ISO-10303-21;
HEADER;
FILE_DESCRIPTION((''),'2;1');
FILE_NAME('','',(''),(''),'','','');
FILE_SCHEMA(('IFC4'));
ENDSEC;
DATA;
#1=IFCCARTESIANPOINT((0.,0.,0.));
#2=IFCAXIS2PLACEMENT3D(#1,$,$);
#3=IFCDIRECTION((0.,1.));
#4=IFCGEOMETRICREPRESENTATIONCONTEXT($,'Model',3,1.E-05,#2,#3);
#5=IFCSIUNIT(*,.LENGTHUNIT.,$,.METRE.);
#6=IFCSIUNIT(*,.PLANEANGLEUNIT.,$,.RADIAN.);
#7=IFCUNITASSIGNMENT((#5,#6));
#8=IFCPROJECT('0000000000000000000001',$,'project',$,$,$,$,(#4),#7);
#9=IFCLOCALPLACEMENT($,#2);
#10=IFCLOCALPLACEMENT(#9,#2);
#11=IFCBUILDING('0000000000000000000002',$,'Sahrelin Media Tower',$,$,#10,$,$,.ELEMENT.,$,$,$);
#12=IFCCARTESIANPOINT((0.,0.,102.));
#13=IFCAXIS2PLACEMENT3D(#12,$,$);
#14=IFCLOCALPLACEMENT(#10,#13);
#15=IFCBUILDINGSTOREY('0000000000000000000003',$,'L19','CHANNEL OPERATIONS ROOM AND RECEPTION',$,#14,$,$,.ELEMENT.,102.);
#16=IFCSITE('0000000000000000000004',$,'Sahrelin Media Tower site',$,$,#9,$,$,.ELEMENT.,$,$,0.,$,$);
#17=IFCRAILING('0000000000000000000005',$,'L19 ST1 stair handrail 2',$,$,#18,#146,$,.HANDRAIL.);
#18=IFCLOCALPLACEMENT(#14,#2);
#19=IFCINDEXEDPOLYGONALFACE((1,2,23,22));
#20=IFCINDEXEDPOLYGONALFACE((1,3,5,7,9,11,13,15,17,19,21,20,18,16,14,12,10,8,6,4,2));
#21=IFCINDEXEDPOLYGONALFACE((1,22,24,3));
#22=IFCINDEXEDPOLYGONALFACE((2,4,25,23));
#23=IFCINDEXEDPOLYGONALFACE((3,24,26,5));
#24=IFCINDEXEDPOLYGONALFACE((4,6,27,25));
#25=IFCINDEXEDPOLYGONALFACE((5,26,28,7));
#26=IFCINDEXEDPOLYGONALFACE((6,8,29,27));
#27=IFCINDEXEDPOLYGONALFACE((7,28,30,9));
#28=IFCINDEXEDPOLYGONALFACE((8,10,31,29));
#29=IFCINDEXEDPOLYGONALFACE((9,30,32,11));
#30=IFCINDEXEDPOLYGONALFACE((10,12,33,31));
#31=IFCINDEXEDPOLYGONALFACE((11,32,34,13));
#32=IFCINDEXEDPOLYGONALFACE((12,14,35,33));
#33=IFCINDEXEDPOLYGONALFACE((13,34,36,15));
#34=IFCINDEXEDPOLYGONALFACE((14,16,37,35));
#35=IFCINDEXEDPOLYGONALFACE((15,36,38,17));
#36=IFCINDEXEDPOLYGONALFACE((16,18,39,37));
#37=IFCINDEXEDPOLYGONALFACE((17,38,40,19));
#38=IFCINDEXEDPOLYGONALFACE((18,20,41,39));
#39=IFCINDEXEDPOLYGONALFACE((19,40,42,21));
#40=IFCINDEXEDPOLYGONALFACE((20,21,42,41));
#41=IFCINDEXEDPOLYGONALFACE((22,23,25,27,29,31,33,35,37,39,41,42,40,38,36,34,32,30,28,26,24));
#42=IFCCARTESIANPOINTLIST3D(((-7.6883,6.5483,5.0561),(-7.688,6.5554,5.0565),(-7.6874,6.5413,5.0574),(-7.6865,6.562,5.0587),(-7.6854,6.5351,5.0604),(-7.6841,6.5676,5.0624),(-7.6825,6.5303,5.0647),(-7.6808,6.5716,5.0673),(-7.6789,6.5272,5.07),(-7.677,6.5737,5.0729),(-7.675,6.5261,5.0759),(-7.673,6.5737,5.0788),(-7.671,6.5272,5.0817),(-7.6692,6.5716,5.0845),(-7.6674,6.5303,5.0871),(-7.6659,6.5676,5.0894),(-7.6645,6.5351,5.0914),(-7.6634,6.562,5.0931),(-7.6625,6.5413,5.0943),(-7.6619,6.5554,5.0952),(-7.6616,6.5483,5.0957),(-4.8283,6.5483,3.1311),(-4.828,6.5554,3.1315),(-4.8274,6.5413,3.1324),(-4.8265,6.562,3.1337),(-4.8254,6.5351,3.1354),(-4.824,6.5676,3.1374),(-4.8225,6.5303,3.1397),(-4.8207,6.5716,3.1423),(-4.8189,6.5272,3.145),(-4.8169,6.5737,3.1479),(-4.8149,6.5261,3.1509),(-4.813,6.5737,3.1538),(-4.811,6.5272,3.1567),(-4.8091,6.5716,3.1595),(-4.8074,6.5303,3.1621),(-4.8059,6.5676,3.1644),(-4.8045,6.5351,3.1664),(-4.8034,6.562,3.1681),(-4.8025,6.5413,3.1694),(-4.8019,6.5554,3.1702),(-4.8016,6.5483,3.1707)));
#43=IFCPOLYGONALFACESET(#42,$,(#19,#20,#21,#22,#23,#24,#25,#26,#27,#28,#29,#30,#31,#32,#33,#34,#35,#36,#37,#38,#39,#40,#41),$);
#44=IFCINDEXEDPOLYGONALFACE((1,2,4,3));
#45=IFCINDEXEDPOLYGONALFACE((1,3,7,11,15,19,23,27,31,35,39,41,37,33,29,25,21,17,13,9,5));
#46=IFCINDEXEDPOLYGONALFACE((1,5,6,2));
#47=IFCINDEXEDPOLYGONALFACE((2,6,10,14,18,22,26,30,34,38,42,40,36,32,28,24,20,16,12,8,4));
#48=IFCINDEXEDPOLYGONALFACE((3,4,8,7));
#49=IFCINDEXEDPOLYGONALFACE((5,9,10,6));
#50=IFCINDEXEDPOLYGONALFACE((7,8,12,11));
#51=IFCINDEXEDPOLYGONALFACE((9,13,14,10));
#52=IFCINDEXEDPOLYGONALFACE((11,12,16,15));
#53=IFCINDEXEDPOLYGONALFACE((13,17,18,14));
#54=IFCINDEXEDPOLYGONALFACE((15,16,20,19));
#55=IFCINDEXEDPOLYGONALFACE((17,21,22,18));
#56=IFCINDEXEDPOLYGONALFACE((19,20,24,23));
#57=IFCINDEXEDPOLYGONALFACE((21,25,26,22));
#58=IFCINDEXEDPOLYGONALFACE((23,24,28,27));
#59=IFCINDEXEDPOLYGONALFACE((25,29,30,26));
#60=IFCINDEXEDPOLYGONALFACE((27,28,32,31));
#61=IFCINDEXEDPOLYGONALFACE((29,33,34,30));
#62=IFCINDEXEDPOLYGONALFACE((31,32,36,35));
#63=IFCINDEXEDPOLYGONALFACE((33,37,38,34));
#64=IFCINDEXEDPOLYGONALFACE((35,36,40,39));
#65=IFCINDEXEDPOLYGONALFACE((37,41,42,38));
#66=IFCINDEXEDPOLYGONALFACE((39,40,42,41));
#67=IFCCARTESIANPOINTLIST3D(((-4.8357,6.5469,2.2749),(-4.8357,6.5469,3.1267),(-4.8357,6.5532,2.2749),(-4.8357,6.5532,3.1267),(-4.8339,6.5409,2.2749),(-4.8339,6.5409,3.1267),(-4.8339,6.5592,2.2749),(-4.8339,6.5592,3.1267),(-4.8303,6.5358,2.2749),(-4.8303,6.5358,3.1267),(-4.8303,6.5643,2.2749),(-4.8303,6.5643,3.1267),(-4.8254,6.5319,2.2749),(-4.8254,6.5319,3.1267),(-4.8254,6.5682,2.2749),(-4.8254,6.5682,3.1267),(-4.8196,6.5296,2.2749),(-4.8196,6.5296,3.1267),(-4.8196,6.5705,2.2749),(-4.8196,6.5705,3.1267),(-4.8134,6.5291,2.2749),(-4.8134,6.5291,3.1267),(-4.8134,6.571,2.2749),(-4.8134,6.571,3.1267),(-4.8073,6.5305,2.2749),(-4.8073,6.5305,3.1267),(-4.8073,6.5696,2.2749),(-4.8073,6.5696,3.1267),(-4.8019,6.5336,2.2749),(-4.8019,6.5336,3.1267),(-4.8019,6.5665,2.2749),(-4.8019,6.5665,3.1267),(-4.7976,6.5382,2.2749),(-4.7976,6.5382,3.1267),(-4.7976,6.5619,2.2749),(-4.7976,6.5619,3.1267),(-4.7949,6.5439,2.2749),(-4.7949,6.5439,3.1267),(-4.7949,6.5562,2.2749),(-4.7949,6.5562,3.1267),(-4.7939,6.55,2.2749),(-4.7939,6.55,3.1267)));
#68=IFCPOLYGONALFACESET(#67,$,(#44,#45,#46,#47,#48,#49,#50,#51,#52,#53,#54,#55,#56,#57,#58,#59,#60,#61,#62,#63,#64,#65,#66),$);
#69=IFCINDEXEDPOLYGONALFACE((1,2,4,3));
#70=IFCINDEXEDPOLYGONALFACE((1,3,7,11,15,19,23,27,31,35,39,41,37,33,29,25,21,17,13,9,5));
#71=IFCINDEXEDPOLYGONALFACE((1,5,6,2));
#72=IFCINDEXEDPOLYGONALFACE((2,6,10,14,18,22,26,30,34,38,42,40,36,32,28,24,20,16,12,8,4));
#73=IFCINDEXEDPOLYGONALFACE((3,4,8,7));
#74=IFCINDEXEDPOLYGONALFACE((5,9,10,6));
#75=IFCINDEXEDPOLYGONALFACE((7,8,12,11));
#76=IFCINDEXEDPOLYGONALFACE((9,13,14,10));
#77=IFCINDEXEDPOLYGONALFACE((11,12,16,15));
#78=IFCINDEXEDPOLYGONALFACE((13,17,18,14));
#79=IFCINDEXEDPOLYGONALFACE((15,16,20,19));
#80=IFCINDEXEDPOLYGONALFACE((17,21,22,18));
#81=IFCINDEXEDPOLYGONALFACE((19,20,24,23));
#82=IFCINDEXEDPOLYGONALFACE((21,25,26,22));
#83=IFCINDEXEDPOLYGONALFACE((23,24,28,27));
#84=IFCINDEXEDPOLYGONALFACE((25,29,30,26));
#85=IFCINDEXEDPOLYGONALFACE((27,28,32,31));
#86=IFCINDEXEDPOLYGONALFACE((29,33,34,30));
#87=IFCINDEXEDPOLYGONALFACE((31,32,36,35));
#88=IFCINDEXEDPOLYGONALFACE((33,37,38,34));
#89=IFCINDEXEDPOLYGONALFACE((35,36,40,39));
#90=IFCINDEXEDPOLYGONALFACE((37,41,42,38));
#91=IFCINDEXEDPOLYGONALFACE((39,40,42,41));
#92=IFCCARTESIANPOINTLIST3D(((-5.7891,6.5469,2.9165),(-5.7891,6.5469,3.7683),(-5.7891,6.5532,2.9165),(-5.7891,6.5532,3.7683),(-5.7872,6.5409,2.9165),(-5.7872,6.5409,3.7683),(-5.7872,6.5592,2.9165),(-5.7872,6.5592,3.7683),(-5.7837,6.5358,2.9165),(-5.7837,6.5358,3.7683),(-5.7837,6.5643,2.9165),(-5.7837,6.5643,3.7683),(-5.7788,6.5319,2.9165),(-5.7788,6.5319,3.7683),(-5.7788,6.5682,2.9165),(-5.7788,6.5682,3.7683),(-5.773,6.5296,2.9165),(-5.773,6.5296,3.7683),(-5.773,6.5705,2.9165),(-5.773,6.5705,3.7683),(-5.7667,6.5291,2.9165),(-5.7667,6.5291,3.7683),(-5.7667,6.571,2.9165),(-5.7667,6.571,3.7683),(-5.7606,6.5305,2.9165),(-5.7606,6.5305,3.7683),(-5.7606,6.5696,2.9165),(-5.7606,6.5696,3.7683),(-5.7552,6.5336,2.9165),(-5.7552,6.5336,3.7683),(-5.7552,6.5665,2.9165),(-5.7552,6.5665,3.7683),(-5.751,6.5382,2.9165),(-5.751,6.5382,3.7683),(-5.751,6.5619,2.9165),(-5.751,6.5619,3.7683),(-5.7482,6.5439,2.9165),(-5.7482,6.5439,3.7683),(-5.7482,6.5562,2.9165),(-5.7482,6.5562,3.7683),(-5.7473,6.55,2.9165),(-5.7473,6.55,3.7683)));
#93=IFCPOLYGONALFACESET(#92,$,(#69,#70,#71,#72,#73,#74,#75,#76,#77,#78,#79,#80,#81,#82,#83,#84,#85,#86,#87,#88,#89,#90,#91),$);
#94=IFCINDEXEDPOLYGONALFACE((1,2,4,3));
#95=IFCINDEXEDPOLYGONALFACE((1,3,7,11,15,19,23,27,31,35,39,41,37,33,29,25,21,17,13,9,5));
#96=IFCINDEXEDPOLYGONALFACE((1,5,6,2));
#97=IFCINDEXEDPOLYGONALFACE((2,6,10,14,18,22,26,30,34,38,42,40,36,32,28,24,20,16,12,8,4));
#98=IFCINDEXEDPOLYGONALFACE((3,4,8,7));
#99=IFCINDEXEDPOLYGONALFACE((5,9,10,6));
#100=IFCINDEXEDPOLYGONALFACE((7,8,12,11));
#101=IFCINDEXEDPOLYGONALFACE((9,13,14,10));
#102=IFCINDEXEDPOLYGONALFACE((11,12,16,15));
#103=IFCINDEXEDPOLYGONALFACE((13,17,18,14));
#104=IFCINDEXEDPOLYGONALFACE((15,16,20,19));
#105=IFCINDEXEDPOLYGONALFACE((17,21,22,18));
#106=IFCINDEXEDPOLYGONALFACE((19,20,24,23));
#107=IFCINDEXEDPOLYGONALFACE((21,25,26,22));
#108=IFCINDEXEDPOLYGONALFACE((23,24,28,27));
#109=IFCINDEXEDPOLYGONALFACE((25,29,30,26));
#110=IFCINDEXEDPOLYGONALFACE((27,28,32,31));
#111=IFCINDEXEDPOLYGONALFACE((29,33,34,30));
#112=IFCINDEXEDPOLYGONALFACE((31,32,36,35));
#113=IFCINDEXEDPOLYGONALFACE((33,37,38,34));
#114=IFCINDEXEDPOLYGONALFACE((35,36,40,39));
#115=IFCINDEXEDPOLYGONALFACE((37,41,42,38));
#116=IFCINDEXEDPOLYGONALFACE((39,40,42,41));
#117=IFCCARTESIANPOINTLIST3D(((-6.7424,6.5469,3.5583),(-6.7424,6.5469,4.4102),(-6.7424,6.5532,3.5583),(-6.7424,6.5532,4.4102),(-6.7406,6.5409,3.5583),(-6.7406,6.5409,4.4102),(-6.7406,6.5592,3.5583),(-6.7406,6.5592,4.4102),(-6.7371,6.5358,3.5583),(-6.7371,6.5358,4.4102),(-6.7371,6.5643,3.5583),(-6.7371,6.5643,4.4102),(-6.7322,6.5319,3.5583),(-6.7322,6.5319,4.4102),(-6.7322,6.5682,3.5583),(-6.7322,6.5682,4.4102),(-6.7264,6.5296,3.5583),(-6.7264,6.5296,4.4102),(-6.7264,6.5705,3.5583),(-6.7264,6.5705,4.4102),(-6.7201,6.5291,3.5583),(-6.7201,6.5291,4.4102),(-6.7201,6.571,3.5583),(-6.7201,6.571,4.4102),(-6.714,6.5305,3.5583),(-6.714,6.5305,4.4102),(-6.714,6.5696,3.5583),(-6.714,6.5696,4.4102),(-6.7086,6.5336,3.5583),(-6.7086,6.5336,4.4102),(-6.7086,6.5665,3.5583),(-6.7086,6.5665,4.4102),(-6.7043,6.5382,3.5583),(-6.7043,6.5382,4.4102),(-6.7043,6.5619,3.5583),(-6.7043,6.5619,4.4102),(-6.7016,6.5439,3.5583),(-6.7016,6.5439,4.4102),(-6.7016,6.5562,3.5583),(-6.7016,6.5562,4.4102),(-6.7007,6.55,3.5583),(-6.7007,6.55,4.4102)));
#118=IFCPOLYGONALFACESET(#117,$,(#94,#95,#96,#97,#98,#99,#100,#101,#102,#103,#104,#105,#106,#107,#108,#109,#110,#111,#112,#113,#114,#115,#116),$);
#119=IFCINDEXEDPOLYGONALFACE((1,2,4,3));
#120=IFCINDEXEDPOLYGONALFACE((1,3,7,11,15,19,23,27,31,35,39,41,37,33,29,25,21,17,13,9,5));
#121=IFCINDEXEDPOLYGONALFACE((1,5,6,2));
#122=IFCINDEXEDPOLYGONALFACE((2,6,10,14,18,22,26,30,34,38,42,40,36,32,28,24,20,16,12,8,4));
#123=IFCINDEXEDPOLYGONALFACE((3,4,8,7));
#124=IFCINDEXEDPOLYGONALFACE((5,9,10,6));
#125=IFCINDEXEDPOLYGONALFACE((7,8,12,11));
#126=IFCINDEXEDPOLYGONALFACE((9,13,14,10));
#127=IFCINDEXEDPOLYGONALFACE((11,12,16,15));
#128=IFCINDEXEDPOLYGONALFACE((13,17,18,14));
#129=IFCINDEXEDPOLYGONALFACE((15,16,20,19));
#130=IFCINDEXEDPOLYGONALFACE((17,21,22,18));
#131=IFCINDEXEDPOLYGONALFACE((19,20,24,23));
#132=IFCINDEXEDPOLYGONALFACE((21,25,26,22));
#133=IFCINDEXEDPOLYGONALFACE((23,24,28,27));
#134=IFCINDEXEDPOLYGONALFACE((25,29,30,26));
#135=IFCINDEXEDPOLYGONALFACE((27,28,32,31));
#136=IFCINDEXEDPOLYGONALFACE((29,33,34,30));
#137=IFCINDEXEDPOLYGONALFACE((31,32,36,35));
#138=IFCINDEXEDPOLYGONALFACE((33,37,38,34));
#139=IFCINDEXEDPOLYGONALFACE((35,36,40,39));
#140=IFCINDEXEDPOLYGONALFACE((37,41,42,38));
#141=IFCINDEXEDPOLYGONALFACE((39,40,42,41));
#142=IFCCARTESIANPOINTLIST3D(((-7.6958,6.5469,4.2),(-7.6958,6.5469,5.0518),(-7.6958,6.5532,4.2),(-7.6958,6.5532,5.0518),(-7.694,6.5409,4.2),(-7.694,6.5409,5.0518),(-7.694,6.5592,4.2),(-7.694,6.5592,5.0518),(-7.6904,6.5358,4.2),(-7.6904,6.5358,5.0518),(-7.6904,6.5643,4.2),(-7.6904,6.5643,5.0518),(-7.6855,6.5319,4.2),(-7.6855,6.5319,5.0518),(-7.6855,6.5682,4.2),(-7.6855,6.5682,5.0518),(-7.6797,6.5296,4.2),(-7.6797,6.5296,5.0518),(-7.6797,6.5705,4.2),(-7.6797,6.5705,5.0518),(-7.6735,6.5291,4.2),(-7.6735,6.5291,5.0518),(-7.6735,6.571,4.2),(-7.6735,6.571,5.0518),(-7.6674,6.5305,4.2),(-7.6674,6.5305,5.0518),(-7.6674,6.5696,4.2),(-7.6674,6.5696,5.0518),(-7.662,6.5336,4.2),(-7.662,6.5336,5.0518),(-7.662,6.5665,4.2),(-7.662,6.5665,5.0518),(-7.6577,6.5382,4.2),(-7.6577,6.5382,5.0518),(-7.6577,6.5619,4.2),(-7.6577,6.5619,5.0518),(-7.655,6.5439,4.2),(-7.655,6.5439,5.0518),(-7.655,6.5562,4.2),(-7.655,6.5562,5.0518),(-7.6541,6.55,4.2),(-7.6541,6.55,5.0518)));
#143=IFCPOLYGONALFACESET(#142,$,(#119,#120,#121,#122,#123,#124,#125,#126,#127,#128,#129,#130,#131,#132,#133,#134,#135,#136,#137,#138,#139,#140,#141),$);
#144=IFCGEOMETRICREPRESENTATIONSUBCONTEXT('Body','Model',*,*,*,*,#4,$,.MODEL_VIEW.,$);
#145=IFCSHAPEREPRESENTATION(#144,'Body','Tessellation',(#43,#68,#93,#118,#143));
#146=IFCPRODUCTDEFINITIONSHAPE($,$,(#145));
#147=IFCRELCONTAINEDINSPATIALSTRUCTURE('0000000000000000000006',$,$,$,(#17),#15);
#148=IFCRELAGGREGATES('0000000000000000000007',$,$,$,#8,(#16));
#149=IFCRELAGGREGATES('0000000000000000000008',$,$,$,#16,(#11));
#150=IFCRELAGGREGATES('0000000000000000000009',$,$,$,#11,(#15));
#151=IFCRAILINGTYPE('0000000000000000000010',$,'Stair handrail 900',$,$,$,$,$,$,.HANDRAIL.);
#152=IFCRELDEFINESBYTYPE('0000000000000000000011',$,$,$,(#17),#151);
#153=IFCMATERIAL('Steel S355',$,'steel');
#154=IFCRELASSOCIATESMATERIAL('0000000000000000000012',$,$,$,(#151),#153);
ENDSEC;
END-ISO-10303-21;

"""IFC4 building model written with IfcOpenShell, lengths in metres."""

from ifc_helpers import new_model, si_unit, direction, frame, origin, origin_2d, place, context, subcontext, project, spatial, circle, extrude, material, type_object, element, save


model = new_model("IFC4")

# Units and contexts
model_context = context("Model", 3, precision=1e-05, world=origin(), true_north=direction((0.0, 1.0)))
body_context = subcontext(model_context, "Body", "Model", "MODEL_VIEW")
ifc_project = project(units=[si_unit("LENGTHUNIT", "METRE"), si_unit("PLANEANGLEUNIT", "RADIAN")], contexts=[model_context])

# Site, building, storey
site_placement = place(None, origin())
site = spatial("IfcSite", under=ifc_project, at=site_placement, Name="Sahrelin Media Tower site", CompositionType="ELEMENT", RefElevation=0.0)
building_placement = place(site_placement, origin())
building = spatial("IfcBuilding", under=site, at=building_placement, Name="Sahrelin Media Tower", CompositionType="ELEMENT")
storey_placement = place(building_placement, frame((0.0, 0.0, 102.0)))
storey = spatial("IfcBuildingStorey", under=building, at=storey_placement, Name="L19", Description="CHANNEL OPERATIONS ROOM AND RECEPTION", CompositionType="ELEMENT", Elevation=102.0)

# Shared definitions
ifc_material_1 = material(Name="Steel S355", Category="steel")

# Railing
railing_type_1 = type_object("IfcRailingType", Name="Stair handrail 900", PredefinedType="HANDRAIL", material=ifc_material_1)
railing_1_placement = place(storey_placement, frame((-4.8149, 6.55, 2.2749)))
element("IfcRailing", 1, at=railing_1_placement, inside=storey, type_object=railing_type_1, Name="L19 ST1 stair handrail 2", PredefinedType="HANDRAIL", context=body_context, shape_type="SweptSolid", body=[
    extrude(circle(Radius=0.0239, at=origin_2d()), frame((0.0, 0.0, 0.876), z_axis=(-0.829591, 0.0, 0.558372), x_axis=(0.0, -1.0, 0.0)), (0.0, 0.0, 1.0), 3.4475),
    extrude(circle(Radius=0.021, at=origin_2d()), origin(), (0.0, 0.0, 1.0), 0.8518),
    extrude(circle(Radius=0.021, at=origin_2d()), frame((-0.9534, 0.0, 0.6416)), (0.0, 0.0, 1.0), 0.8518),
    extrude(circle(Radius=0.021, at=origin_2d()), frame((-1.9067, 0.0, 1.2834)), (0.0, 0.0, 1.0), 0.8518),
    extrude(circle(Radius=0.021, at=origin_2d()), frame((-2.8601, 0.0, 1.925)), (0.0, 0.0, 1.0), 0.8518),
])

save(model, "model.ifc")
